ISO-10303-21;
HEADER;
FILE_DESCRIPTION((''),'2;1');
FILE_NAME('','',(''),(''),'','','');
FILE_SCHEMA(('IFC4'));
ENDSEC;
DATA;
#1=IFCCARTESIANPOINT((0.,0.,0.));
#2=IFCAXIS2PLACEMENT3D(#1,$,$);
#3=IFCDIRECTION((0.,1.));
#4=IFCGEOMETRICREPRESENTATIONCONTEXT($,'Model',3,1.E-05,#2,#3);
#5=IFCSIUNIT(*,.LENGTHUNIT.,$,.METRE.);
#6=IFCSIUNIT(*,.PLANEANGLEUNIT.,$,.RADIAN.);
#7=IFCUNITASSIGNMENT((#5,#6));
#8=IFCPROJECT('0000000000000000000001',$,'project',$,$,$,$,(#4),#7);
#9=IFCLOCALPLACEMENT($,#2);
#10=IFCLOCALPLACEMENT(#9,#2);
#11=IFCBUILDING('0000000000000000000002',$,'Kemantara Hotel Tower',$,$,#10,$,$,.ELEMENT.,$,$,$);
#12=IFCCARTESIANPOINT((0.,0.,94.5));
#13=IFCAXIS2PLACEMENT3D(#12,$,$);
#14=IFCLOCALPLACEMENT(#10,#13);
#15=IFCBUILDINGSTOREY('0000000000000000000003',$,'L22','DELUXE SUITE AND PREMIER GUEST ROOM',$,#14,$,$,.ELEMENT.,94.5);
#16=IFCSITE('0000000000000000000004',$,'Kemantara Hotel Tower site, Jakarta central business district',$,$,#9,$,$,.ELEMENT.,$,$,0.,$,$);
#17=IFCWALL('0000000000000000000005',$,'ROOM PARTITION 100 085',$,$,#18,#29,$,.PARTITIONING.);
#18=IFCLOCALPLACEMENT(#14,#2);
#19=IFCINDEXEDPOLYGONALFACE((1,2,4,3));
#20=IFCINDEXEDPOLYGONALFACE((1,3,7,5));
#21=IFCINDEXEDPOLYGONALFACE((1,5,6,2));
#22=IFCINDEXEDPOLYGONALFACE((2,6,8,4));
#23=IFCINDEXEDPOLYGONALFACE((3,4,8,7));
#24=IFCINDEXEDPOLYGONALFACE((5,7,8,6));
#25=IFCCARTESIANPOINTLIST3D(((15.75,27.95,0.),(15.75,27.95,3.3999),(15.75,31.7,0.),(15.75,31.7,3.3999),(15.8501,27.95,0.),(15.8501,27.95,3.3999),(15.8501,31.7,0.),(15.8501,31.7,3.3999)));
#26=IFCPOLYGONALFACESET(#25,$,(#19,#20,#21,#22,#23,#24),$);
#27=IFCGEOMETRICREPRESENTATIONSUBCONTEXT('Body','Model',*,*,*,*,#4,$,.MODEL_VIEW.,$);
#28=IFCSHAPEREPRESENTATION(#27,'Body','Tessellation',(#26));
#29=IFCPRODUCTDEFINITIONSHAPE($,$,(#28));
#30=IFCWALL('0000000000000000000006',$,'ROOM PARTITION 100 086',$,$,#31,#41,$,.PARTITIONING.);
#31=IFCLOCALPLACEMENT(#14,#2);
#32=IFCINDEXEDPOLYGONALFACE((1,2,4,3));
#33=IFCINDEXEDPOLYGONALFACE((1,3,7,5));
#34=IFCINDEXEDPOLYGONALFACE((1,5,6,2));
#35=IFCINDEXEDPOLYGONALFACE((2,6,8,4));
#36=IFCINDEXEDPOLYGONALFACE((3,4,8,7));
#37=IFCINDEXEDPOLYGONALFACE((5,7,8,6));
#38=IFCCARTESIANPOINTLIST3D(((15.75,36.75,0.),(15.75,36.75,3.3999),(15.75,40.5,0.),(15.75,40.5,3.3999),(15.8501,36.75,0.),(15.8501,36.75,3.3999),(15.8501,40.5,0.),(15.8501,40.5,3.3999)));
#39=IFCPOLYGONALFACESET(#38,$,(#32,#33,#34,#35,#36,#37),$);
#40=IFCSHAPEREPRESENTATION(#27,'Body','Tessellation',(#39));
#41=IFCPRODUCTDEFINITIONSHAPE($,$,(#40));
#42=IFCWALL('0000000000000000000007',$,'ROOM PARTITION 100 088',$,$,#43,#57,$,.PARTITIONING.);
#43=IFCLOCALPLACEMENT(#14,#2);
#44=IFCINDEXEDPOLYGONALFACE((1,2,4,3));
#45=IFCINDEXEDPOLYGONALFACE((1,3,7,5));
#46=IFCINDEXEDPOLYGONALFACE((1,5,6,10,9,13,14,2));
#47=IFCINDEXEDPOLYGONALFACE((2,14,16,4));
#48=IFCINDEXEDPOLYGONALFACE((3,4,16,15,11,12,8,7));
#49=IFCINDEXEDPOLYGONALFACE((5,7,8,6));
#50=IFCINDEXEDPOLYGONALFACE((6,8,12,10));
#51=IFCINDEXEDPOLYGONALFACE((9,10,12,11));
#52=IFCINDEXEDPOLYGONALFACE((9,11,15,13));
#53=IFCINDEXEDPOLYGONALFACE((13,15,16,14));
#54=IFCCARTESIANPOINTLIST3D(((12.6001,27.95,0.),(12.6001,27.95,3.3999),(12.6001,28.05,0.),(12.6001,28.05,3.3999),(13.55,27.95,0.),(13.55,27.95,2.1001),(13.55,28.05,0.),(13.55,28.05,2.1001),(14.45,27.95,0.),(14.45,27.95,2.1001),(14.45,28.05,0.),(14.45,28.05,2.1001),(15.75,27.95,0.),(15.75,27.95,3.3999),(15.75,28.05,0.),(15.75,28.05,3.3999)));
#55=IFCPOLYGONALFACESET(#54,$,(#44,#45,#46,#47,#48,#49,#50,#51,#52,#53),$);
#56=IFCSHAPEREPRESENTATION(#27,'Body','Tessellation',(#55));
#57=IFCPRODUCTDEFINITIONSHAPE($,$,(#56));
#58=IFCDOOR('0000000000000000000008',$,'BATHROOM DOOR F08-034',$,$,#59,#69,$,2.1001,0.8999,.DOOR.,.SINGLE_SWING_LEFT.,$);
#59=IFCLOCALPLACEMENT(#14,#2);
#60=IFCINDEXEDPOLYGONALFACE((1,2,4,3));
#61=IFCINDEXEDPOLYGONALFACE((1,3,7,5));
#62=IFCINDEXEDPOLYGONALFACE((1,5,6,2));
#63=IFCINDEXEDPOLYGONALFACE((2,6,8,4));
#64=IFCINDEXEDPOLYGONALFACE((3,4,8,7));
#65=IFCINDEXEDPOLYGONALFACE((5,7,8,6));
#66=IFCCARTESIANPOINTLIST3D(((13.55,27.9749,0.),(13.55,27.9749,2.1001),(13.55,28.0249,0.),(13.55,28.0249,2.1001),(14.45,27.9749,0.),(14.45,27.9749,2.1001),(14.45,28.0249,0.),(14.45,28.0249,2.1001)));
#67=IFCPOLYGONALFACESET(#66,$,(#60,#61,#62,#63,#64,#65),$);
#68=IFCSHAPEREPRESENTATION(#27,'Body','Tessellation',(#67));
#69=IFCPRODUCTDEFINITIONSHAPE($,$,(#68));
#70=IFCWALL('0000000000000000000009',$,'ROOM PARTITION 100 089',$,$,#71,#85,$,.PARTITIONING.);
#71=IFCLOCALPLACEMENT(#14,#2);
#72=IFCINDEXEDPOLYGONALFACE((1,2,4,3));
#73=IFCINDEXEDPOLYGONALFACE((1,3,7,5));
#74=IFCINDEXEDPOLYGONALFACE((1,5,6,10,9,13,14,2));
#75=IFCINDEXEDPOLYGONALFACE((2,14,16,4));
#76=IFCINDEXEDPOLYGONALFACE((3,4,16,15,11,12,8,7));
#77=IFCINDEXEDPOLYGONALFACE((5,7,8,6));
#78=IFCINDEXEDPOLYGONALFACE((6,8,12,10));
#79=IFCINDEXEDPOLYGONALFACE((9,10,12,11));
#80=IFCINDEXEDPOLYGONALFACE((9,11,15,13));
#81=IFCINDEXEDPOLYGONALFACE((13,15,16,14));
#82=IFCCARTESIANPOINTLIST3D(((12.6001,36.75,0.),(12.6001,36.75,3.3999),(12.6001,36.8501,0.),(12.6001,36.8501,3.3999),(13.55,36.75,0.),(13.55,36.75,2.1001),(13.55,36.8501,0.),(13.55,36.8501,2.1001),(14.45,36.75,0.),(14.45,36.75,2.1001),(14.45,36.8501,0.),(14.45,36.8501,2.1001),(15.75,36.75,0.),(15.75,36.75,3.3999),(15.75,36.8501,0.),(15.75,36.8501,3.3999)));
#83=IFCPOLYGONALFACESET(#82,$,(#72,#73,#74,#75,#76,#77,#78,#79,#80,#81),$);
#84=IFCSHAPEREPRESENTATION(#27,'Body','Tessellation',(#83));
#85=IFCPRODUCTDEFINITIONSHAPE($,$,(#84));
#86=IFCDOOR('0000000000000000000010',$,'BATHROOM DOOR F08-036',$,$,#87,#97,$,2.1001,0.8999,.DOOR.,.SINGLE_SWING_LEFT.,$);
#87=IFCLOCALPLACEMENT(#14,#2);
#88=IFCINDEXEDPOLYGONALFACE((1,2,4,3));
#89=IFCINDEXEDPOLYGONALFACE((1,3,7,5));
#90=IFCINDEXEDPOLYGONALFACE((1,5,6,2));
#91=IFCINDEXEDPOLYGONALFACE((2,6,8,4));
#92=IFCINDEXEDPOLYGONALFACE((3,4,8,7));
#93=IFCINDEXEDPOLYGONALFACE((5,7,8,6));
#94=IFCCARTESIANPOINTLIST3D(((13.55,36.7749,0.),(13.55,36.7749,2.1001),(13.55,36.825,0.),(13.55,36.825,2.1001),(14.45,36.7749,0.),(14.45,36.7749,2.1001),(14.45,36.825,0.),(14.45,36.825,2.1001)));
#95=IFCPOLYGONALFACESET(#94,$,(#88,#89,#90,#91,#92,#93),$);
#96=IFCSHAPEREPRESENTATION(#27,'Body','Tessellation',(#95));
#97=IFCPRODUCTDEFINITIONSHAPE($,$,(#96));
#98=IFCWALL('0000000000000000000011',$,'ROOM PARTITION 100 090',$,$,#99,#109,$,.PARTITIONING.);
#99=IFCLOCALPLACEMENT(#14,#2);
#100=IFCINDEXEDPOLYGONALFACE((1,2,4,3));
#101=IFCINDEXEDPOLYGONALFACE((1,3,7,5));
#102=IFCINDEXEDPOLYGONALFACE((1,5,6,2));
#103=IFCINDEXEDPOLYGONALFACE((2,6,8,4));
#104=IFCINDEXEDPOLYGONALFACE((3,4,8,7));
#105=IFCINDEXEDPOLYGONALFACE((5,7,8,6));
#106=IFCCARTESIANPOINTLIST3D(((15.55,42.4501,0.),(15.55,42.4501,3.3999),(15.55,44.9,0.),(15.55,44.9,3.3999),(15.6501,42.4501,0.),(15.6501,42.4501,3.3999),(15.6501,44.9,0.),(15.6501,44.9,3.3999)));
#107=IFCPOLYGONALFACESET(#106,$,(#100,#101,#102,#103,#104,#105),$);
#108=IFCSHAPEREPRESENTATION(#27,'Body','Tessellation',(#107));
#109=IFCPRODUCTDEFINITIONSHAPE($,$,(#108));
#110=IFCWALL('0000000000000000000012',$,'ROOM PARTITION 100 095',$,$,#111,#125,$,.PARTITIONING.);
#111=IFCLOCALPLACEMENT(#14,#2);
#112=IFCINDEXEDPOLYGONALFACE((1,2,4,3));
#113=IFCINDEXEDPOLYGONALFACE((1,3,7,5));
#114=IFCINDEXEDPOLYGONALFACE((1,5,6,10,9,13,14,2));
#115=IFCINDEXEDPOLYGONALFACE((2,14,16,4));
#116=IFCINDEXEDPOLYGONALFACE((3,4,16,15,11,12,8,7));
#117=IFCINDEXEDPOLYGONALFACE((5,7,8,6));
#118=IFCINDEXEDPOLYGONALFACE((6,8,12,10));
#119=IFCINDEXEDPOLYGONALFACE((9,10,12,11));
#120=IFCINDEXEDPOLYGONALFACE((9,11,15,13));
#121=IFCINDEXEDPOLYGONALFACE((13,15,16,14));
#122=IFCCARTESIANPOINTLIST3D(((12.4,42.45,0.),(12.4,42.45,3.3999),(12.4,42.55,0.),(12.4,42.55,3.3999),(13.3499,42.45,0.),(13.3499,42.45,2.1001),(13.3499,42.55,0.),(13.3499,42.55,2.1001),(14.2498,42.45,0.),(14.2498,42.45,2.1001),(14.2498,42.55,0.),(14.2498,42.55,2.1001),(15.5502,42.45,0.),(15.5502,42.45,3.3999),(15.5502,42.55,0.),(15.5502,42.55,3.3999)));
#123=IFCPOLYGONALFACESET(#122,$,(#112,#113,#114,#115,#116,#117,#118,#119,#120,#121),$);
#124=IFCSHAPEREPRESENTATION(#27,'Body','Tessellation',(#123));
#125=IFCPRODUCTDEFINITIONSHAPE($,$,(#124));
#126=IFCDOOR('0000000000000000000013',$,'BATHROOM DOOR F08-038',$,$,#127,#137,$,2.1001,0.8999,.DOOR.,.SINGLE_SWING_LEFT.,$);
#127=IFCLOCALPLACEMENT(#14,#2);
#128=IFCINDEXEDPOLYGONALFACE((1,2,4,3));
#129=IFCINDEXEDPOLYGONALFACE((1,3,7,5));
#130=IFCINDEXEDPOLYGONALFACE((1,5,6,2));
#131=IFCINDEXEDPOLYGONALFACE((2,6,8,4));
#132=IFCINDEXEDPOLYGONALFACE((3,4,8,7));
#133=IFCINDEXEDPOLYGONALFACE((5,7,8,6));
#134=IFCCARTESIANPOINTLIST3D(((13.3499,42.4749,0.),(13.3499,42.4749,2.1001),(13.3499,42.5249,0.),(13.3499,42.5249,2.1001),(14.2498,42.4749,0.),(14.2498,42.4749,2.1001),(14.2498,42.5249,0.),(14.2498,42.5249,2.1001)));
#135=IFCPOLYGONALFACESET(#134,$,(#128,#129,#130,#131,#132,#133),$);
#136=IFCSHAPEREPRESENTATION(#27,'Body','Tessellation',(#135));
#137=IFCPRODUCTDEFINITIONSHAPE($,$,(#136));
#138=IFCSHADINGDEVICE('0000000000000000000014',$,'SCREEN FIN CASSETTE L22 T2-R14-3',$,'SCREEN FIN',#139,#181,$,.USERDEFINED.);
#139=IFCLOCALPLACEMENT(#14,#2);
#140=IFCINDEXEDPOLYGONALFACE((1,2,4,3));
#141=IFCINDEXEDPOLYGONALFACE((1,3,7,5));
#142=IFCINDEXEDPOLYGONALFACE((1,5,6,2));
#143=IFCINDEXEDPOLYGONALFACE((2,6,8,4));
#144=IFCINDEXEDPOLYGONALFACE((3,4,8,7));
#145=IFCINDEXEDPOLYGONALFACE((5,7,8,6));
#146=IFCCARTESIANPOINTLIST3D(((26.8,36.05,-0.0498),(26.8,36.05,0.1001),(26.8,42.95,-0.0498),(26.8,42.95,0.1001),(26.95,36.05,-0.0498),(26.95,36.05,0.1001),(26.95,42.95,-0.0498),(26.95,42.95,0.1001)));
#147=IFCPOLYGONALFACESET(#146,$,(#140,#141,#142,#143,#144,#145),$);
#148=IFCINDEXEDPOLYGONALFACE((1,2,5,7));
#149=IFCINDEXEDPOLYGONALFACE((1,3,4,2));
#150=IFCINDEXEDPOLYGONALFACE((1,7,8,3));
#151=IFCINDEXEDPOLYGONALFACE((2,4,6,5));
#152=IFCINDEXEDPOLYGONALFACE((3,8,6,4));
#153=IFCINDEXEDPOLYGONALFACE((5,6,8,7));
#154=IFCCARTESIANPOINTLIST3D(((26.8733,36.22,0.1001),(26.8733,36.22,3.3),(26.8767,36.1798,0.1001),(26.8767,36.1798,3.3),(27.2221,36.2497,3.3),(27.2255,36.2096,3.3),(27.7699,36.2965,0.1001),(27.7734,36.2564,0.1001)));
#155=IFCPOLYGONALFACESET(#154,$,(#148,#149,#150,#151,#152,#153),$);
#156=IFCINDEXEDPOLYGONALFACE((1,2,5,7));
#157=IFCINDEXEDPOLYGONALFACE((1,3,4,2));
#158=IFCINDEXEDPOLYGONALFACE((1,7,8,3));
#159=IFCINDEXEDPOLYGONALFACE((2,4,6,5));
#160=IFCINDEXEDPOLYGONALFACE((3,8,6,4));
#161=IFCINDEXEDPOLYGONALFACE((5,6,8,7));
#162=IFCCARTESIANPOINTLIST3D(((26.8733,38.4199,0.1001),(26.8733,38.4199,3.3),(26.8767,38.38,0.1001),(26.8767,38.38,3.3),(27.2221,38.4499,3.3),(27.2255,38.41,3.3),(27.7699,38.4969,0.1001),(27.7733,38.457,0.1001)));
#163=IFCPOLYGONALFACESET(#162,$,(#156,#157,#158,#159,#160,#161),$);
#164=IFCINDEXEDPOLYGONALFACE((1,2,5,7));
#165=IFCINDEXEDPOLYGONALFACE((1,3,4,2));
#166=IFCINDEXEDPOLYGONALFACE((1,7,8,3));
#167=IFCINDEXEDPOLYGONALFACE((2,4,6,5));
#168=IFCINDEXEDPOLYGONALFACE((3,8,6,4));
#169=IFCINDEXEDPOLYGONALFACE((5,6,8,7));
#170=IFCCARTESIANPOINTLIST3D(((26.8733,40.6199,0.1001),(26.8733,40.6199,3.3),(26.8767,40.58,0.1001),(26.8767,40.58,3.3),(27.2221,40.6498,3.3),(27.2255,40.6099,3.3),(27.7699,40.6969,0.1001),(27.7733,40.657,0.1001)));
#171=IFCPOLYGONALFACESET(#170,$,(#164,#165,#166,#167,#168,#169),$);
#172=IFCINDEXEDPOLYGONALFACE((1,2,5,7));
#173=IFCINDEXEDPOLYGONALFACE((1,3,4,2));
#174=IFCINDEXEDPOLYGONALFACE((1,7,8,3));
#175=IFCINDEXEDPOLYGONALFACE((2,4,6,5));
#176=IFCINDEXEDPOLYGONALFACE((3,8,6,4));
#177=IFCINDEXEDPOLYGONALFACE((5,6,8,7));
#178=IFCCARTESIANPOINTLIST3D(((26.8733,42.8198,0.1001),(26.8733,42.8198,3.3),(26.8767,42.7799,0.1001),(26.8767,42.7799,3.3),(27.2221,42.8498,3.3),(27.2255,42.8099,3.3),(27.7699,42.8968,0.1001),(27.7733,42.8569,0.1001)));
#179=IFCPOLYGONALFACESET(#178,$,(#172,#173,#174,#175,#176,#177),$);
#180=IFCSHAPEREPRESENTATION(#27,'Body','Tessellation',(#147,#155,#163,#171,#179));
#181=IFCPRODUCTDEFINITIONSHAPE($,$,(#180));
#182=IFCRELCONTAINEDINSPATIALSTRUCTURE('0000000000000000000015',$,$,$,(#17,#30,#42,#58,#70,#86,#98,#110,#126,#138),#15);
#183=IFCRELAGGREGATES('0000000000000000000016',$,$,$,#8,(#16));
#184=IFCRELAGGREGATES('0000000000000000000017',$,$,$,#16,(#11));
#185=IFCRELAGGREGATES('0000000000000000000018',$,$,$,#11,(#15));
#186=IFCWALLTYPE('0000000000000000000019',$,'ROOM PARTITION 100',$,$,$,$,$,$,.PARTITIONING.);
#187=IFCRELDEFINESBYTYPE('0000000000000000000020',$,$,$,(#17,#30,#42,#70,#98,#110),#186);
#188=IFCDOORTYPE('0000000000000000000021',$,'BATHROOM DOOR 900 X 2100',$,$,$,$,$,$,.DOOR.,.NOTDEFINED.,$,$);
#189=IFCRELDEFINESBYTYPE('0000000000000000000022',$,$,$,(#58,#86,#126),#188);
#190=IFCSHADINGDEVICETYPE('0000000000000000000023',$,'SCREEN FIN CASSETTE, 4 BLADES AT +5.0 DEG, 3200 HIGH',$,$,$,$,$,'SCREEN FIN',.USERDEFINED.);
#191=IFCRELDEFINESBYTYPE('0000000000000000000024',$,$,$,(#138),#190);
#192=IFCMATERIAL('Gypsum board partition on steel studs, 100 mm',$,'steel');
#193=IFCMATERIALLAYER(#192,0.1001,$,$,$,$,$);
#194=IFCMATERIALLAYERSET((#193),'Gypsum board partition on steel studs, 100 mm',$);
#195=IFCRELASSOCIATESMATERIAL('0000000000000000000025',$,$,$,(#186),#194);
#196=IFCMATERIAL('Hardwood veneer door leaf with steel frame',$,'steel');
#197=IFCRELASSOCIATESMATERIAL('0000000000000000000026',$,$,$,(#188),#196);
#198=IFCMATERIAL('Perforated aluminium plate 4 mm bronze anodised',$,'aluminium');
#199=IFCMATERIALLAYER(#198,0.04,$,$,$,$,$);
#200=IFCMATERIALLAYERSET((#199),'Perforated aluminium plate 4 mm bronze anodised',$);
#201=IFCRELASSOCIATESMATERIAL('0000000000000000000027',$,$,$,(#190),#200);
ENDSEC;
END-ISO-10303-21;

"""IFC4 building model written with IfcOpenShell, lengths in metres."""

from ifc_helpers import new_model, si_unit, direction, frame, frame_2d, origin, origin_2d, place, context, subcontext, project, spatial, polyline, rectangle, outline, extrude, source, transform, mapped, material, layer, layer_set, type_object, element, fill, save


model = new_model("IFC4")

# Units and contexts
model_context = context("Model", 3, precision=1e-05, world=origin(), true_north=direction((0.0, 1.0)))
body_context = subcontext(model_context, "Body", "Model", "MODEL_VIEW")
ifc_project = project(units=[si_unit("LENGTHUNIT", "METRE"), si_unit("PLANEANGLEUNIT", "RADIAN")], contexts=[model_context])

# Site, building, storey
site_placement = place(None, origin())
site = spatial("IfcSite", under=ifc_project, at=site_placement, Name="Kemantara Hotel Tower site, Jakarta central business district", CompositionType="ELEMENT", RefElevation=0.0)
building_placement = place(site_placement, origin())
building = spatial("IfcBuilding", under=site, at=building_placement, Name="Kemantara Hotel Tower", CompositionType="ELEMENT")
storey_placement = place(building_placement, frame((0.0, 0.0, 94.5)))
storey = spatial("IfcBuildingStorey", under=building, at=storey_placement, Name="L22", Description="DELUXE SUITE AND PREMIER GUEST ROOM", CompositionType="ELEMENT", Elevation=94.5)

# Walls
ifc_material_1 = material(Name="Gypsum board partition on steel studs, 100 mm", Category="steel")
ifc_layer_1 = layer(ifc_material_1, 0.1001)
ifc_layer_set_1 = layer_set([ifc_layer_1], Name="Gypsum board partition on steel studs, 100 mm")
wall_type_1 = type_object("IfcWallType", Name="ROOM PARTITION 100", PredefinedType="PARTITIONING", material=ifc_layer_set_1)
for number, where, z_axis, x_axis, name in (
    (1, (15.8, 27.95, 0.0), (0.0, 0.0, 1.0), (0.0, 1.0, 0.0), "ROOM PARTITION 100 085"),
    (2, (15.8, 36.75, 0.0), (0.0, 0.0, 1.0), (0.0, 1.0, 0.0), "ROOM PARTITION 100 086"),
):
    element("IfcWall", number, at=place(storey_placement, frame(where, z_axis=z_axis, x_axis=x_axis)), inside=storey, type_object=wall_type_1, Name=name, PredefinedType="PARTITIONING", context=body_context, shape_type="SweptSolid", body=[
        extrude(rectangle(XDim=3.75, YDim=0.1001, at=frame_2d((1.875, 0.0))), origin(), (0.0, 0.0, 1.0), 3.3999),
    ])

# Walls, openings, doors
wall_1_placement = place(storey_placement, frame((12.6001, 28.0, 0.0), z_axis=(0.0, 0.0, 1.0), x_axis=(1.0, 0.0, 0.0)))
wall_1 = element("IfcWall", 3, at=wall_1_placement, inside=storey, type_object=wall_type_1, Name="ROOM PARTITION 100 088", PredefinedType="PARTITIONING", context=body_context, shape_type="SweptSolid", body=[
    extrude(rectangle(XDim=3.1499, YDim=0.1001, at=frame_2d((1.575, 0.0))), origin(), (0.0, 0.0, 1.0), 3.3999),
])
opening_1_placement = place(wall_1_placement, frame((0.95, 0.0, 0.0)))
opening_1 = element("IfcOpeningElement", 4, at=opening_1_placement, cuts=wall_1, PredefinedType="OPENING", context=body_context, shape_type="SweptSolid", body=[
    extrude(rectangle(XDim=0.8999, YDim=2.1001, at=frame_2d((0.45, 1.05))), frame((0.0, 0.0601, 0.0), z_axis=(0.0, -1.0, 0.0), x_axis=(1.0, 0.0, 0.0)), (0.0, 0.0, 1.0), 0.1201),
])
ifc_material_2 = material(Name="Hardwood veneer door leaf with steel frame", Category="steel")
door_type = type_object("IfcDoorType", Name="BATHROOM DOOR 900 X 2100", OperationType="NOTDEFINED", PredefinedType="DOOR", material=ifc_material_2)
door_1_placement = place(opening_1_placement, origin())
door_1 = element("IfcDoor", 5, at=door_1_placement, inside=storey, type_object=door_type, Name="BATHROOM DOOR F08-034", OperationType="SINGLE_SWING_LEFT", OverallHeight=2.1001, OverallWidth=0.8999, PredefinedType="DOOR", context=body_context, shape_type="SweptSolid", body=[
    extrude(rectangle(XDim=0.8999, YDim=2.1001, at=frame_2d((0.45, 1.05))), frame((0.0, 0.0249, 0.0), z_axis=(0.0, -1.0, 0.0), x_axis=(1.0, 0.0, 0.0)), (0.0, 0.0, 1.0), 0.05),
])
fill(opening_1, door_1)
wall_2_placement = place(storey_placement, frame((12.6001, 36.8, 0.0), z_axis=(0.0, 0.0, 1.0), x_axis=(1.0, 0.0, 0.0)))
wall_2 = element("IfcWall", 6, at=wall_2_placement, inside=storey, type_object=wall_type_1, Name="ROOM PARTITION 100 089", PredefinedType="PARTITIONING", context=body_context, shape_type="SweptSolid", body=[
    extrude(rectangle(XDim=3.1499, YDim=0.1001, at=frame_2d((1.575, 0.0))), origin(), (0.0, 0.0, 1.0), 3.3999),
])
opening_2_placement = place(wall_2_placement, frame((0.95, 0.0, 0.0)))
opening_2 = element("IfcOpeningElement", 7, at=opening_2_placement, cuts=wall_2, PredefinedType="OPENING", context=body_context, shape_type="SweptSolid", body=[
    extrude(rectangle(XDim=0.8999, YDim=2.1001, at=frame_2d((0.45, 1.05))), frame((0.0, 0.0601, 0.0), z_axis=(0.0, -1.0, 0.0), x_axis=(1.0, 0.0, 0.0)), (0.0, 0.0, 1.0), 0.1201),
])
door_2_placement = place(opening_2_placement, origin())
door_2 = element("IfcDoor", 8, at=door_2_placement, inside=storey, type_object=door_type, Name="BATHROOM DOOR F08-036", OperationType="SINGLE_SWING_LEFT", OverallHeight=2.1001, OverallWidth=0.8999, PredefinedType="DOOR", context=body_context, shape_type="SweptSolid", body=[
    extrude(rectangle(XDim=0.8999, YDim=2.1001, at=frame_2d((0.45, 1.05))), frame((0.0, 0.0249, 0.0), z_axis=(0.0, -1.0, 0.0), x_axis=(1.0, 0.0, 0.0)), (0.0, 0.0, 1.0), 0.05),
])
fill(opening_2, door_2)

# Wall
wall_3_placement = place(storey_placement, frame((15.6001, 42.45, 0.0), z_axis=(0.0, 0.0, 1.0), x_axis=(0.0, 1.0, 0.0)))
element("IfcWall", 9, at=wall_3_placement, inside=storey, type_object=wall_type_1, Name="ROOM PARTITION 100 090", PredefinedType="PARTITIONING", context=body_context, shape_type="SweptSolid", body=[
    extrude(rectangle(XDim=2.45, YDim=0.1001, at=frame_2d((1.2251, 0.0))), origin(), (0.0, 0.0, 1.0), 3.3999),
])

# Wall, opening, door
wall_4_placement = place(storey_placement, frame((12.3999, 42.5, 0.0), z_axis=(0.0, 0.0, 1.0), x_axis=(1.0, 0.0, 0.0)))
wall_4 = element("IfcWall", 10, at=wall_4_placement, inside=storey, type_object=wall_type_1, Name="ROOM PARTITION 100 095", PredefinedType="PARTITIONING", context=body_context, shape_type="SweptSolid", body=[
    extrude(rectangle(XDim=3.1501, YDim=0.1001, at=frame_2d((1.5752, 0.0))), origin(), (0.0, 0.0, 1.0), 3.3999),
])
opening_3_placement = place(wall_4_placement, frame((0.95, 0.0, 0.0)))
opening_3 = element("IfcOpeningElement", 11, at=opening_3_placement, cuts=wall_4, PredefinedType="OPENING", context=body_context, shape_type="SweptSolid", body=[
    extrude(rectangle(XDim=0.8999, YDim=2.1001, at=frame_2d((0.45, 1.05))), frame((0.0, 0.0601, 0.0), z_axis=(0.0, -1.0, 0.0), x_axis=(1.0, 0.0, 0.0)), (0.0, 0.0, 1.0), 0.1201),
])
door_3_placement = place(opening_3_placement, origin())
door_3 = element("IfcDoor", 12, at=door_3_placement, inside=storey, type_object=door_type, Name="BATHROOM DOOR F08-038", OperationType="SINGLE_SWING_LEFT", OverallHeight=2.1001, OverallWidth=0.8999, PredefinedType="DOOR", context=body_context, shape_type="SweptSolid", body=[
    extrude(rectangle(XDim=0.8999, YDim=2.1001, at=frame_2d((0.45, 1.05))), frame((0.0, 0.0249, 0.0), z_axis=(0.0, -1.0, 0.0), x_axis=(1.0, 0.0, 0.0)), (0.0, 0.0, 1.0), 0.05),
])
fill(opening_3, door_3)

# Shading device
ifc_material_3 = material(Name="Perforated aluminium plate 4 mm bronze anodised", Category="aluminium")
ifc_layer_2 = layer(ifc_material_3, 0.04)
ifc_layer_set_2 = layer_set([ifc_layer_2], Name="Perforated aluminium plate 4 mm bronze anodised")
shading_device_type_1 = type_object("IfcShadingDeviceType", Name="SCREEN FIN CASSETTE, 4 BLADES AT +5.0 DEG, 3200 HIGH", ElementType="SCREEN FIN", PredefinedType="USERDEFINED", material=ifc_layer_set_2)
shared_shape_1 = source(origin(), body_context, "Body", "SweptSolid", [
    extrude(rectangle(XDim=6.8999, YDim=0.1499, at=origin_2d()), frame((3.3, -0.075, -0.1499), z_axis=(0.0, 0.0, 1.0), x_axis=(1.0, 0.0, 0.0)), (0.0, 0.0, 1.0), 0.1499),
    extrude(outline(polyline([(0.0, 0.0), (0.8999, 0.0), (0.3501, 3.2), (0.0, 3.2), (0.0, 0.0)])), frame((0.02, -0.0732, 0.0), z_axis=(-0.996376, -0.085056, 0.0), x_axis=(0.085056, -0.996376, 0.0)), (0.0, 0.0, 1.0), 0.0403),
    extrude(outline(polyline([(0.0, 0.0), (0.8999, 0.0), (0.3501, 3.2), (0.0, 3.2), (0.0, 0.0)])), frame((2.22, -0.0732, 0.0), z_axis=(-0.996332, -0.085575, 0.0), x_axis=(0.085575, -0.996332, 0.0)), (0.0, 0.0, 1.0), 0.04),
    extrude(outline(polyline([(0.0, 0.0), (0.8999, 0.0), (0.3501, 3.2), (0.0, 3.2), (0.0, 0.0)])), frame((4.4199, -0.0732, 0.0), z_axis=(-0.996332, -0.085575, 0.0), x_axis=(0.085575, -0.996332, 0.0)), (0.0, 0.0, 1.0), 0.04),
    extrude(outline(polyline([(0.0, 0.0), (0.8999, 0.0), (0.3501, 3.2), (0.0, 3.2), (0.0, 0.0)])), frame((6.6199, -0.0732, 0.0), z_axis=(-0.996332, -0.085575, 0.0), x_axis=(0.085575, -0.996332, 0.0)), (0.0, 0.0, 1.0), 0.04),
])
shading_device_1_placement = place(storey_placement, frame((26.8, 36.2, 0.1001), z_axis=(0.0, 0.0, 1.0), x_axis=(0.0, 1.0, 0.0)))
element("IfcShadingDevice", 13, at=shading_device_1_placement, inside=storey, type_object=shading_device_type_1, Name="SCREEN FIN CASSETTE L22 T2-R14-3", ObjectType="SCREEN FIN", PredefinedType="USERDEFINED", context=body_context, shape_type="MappedRepresentation", body=[
    mapped(shared_shape_1, transform((0.0, 0.0, 0.0))),
])

save(model, "model.ifc")
